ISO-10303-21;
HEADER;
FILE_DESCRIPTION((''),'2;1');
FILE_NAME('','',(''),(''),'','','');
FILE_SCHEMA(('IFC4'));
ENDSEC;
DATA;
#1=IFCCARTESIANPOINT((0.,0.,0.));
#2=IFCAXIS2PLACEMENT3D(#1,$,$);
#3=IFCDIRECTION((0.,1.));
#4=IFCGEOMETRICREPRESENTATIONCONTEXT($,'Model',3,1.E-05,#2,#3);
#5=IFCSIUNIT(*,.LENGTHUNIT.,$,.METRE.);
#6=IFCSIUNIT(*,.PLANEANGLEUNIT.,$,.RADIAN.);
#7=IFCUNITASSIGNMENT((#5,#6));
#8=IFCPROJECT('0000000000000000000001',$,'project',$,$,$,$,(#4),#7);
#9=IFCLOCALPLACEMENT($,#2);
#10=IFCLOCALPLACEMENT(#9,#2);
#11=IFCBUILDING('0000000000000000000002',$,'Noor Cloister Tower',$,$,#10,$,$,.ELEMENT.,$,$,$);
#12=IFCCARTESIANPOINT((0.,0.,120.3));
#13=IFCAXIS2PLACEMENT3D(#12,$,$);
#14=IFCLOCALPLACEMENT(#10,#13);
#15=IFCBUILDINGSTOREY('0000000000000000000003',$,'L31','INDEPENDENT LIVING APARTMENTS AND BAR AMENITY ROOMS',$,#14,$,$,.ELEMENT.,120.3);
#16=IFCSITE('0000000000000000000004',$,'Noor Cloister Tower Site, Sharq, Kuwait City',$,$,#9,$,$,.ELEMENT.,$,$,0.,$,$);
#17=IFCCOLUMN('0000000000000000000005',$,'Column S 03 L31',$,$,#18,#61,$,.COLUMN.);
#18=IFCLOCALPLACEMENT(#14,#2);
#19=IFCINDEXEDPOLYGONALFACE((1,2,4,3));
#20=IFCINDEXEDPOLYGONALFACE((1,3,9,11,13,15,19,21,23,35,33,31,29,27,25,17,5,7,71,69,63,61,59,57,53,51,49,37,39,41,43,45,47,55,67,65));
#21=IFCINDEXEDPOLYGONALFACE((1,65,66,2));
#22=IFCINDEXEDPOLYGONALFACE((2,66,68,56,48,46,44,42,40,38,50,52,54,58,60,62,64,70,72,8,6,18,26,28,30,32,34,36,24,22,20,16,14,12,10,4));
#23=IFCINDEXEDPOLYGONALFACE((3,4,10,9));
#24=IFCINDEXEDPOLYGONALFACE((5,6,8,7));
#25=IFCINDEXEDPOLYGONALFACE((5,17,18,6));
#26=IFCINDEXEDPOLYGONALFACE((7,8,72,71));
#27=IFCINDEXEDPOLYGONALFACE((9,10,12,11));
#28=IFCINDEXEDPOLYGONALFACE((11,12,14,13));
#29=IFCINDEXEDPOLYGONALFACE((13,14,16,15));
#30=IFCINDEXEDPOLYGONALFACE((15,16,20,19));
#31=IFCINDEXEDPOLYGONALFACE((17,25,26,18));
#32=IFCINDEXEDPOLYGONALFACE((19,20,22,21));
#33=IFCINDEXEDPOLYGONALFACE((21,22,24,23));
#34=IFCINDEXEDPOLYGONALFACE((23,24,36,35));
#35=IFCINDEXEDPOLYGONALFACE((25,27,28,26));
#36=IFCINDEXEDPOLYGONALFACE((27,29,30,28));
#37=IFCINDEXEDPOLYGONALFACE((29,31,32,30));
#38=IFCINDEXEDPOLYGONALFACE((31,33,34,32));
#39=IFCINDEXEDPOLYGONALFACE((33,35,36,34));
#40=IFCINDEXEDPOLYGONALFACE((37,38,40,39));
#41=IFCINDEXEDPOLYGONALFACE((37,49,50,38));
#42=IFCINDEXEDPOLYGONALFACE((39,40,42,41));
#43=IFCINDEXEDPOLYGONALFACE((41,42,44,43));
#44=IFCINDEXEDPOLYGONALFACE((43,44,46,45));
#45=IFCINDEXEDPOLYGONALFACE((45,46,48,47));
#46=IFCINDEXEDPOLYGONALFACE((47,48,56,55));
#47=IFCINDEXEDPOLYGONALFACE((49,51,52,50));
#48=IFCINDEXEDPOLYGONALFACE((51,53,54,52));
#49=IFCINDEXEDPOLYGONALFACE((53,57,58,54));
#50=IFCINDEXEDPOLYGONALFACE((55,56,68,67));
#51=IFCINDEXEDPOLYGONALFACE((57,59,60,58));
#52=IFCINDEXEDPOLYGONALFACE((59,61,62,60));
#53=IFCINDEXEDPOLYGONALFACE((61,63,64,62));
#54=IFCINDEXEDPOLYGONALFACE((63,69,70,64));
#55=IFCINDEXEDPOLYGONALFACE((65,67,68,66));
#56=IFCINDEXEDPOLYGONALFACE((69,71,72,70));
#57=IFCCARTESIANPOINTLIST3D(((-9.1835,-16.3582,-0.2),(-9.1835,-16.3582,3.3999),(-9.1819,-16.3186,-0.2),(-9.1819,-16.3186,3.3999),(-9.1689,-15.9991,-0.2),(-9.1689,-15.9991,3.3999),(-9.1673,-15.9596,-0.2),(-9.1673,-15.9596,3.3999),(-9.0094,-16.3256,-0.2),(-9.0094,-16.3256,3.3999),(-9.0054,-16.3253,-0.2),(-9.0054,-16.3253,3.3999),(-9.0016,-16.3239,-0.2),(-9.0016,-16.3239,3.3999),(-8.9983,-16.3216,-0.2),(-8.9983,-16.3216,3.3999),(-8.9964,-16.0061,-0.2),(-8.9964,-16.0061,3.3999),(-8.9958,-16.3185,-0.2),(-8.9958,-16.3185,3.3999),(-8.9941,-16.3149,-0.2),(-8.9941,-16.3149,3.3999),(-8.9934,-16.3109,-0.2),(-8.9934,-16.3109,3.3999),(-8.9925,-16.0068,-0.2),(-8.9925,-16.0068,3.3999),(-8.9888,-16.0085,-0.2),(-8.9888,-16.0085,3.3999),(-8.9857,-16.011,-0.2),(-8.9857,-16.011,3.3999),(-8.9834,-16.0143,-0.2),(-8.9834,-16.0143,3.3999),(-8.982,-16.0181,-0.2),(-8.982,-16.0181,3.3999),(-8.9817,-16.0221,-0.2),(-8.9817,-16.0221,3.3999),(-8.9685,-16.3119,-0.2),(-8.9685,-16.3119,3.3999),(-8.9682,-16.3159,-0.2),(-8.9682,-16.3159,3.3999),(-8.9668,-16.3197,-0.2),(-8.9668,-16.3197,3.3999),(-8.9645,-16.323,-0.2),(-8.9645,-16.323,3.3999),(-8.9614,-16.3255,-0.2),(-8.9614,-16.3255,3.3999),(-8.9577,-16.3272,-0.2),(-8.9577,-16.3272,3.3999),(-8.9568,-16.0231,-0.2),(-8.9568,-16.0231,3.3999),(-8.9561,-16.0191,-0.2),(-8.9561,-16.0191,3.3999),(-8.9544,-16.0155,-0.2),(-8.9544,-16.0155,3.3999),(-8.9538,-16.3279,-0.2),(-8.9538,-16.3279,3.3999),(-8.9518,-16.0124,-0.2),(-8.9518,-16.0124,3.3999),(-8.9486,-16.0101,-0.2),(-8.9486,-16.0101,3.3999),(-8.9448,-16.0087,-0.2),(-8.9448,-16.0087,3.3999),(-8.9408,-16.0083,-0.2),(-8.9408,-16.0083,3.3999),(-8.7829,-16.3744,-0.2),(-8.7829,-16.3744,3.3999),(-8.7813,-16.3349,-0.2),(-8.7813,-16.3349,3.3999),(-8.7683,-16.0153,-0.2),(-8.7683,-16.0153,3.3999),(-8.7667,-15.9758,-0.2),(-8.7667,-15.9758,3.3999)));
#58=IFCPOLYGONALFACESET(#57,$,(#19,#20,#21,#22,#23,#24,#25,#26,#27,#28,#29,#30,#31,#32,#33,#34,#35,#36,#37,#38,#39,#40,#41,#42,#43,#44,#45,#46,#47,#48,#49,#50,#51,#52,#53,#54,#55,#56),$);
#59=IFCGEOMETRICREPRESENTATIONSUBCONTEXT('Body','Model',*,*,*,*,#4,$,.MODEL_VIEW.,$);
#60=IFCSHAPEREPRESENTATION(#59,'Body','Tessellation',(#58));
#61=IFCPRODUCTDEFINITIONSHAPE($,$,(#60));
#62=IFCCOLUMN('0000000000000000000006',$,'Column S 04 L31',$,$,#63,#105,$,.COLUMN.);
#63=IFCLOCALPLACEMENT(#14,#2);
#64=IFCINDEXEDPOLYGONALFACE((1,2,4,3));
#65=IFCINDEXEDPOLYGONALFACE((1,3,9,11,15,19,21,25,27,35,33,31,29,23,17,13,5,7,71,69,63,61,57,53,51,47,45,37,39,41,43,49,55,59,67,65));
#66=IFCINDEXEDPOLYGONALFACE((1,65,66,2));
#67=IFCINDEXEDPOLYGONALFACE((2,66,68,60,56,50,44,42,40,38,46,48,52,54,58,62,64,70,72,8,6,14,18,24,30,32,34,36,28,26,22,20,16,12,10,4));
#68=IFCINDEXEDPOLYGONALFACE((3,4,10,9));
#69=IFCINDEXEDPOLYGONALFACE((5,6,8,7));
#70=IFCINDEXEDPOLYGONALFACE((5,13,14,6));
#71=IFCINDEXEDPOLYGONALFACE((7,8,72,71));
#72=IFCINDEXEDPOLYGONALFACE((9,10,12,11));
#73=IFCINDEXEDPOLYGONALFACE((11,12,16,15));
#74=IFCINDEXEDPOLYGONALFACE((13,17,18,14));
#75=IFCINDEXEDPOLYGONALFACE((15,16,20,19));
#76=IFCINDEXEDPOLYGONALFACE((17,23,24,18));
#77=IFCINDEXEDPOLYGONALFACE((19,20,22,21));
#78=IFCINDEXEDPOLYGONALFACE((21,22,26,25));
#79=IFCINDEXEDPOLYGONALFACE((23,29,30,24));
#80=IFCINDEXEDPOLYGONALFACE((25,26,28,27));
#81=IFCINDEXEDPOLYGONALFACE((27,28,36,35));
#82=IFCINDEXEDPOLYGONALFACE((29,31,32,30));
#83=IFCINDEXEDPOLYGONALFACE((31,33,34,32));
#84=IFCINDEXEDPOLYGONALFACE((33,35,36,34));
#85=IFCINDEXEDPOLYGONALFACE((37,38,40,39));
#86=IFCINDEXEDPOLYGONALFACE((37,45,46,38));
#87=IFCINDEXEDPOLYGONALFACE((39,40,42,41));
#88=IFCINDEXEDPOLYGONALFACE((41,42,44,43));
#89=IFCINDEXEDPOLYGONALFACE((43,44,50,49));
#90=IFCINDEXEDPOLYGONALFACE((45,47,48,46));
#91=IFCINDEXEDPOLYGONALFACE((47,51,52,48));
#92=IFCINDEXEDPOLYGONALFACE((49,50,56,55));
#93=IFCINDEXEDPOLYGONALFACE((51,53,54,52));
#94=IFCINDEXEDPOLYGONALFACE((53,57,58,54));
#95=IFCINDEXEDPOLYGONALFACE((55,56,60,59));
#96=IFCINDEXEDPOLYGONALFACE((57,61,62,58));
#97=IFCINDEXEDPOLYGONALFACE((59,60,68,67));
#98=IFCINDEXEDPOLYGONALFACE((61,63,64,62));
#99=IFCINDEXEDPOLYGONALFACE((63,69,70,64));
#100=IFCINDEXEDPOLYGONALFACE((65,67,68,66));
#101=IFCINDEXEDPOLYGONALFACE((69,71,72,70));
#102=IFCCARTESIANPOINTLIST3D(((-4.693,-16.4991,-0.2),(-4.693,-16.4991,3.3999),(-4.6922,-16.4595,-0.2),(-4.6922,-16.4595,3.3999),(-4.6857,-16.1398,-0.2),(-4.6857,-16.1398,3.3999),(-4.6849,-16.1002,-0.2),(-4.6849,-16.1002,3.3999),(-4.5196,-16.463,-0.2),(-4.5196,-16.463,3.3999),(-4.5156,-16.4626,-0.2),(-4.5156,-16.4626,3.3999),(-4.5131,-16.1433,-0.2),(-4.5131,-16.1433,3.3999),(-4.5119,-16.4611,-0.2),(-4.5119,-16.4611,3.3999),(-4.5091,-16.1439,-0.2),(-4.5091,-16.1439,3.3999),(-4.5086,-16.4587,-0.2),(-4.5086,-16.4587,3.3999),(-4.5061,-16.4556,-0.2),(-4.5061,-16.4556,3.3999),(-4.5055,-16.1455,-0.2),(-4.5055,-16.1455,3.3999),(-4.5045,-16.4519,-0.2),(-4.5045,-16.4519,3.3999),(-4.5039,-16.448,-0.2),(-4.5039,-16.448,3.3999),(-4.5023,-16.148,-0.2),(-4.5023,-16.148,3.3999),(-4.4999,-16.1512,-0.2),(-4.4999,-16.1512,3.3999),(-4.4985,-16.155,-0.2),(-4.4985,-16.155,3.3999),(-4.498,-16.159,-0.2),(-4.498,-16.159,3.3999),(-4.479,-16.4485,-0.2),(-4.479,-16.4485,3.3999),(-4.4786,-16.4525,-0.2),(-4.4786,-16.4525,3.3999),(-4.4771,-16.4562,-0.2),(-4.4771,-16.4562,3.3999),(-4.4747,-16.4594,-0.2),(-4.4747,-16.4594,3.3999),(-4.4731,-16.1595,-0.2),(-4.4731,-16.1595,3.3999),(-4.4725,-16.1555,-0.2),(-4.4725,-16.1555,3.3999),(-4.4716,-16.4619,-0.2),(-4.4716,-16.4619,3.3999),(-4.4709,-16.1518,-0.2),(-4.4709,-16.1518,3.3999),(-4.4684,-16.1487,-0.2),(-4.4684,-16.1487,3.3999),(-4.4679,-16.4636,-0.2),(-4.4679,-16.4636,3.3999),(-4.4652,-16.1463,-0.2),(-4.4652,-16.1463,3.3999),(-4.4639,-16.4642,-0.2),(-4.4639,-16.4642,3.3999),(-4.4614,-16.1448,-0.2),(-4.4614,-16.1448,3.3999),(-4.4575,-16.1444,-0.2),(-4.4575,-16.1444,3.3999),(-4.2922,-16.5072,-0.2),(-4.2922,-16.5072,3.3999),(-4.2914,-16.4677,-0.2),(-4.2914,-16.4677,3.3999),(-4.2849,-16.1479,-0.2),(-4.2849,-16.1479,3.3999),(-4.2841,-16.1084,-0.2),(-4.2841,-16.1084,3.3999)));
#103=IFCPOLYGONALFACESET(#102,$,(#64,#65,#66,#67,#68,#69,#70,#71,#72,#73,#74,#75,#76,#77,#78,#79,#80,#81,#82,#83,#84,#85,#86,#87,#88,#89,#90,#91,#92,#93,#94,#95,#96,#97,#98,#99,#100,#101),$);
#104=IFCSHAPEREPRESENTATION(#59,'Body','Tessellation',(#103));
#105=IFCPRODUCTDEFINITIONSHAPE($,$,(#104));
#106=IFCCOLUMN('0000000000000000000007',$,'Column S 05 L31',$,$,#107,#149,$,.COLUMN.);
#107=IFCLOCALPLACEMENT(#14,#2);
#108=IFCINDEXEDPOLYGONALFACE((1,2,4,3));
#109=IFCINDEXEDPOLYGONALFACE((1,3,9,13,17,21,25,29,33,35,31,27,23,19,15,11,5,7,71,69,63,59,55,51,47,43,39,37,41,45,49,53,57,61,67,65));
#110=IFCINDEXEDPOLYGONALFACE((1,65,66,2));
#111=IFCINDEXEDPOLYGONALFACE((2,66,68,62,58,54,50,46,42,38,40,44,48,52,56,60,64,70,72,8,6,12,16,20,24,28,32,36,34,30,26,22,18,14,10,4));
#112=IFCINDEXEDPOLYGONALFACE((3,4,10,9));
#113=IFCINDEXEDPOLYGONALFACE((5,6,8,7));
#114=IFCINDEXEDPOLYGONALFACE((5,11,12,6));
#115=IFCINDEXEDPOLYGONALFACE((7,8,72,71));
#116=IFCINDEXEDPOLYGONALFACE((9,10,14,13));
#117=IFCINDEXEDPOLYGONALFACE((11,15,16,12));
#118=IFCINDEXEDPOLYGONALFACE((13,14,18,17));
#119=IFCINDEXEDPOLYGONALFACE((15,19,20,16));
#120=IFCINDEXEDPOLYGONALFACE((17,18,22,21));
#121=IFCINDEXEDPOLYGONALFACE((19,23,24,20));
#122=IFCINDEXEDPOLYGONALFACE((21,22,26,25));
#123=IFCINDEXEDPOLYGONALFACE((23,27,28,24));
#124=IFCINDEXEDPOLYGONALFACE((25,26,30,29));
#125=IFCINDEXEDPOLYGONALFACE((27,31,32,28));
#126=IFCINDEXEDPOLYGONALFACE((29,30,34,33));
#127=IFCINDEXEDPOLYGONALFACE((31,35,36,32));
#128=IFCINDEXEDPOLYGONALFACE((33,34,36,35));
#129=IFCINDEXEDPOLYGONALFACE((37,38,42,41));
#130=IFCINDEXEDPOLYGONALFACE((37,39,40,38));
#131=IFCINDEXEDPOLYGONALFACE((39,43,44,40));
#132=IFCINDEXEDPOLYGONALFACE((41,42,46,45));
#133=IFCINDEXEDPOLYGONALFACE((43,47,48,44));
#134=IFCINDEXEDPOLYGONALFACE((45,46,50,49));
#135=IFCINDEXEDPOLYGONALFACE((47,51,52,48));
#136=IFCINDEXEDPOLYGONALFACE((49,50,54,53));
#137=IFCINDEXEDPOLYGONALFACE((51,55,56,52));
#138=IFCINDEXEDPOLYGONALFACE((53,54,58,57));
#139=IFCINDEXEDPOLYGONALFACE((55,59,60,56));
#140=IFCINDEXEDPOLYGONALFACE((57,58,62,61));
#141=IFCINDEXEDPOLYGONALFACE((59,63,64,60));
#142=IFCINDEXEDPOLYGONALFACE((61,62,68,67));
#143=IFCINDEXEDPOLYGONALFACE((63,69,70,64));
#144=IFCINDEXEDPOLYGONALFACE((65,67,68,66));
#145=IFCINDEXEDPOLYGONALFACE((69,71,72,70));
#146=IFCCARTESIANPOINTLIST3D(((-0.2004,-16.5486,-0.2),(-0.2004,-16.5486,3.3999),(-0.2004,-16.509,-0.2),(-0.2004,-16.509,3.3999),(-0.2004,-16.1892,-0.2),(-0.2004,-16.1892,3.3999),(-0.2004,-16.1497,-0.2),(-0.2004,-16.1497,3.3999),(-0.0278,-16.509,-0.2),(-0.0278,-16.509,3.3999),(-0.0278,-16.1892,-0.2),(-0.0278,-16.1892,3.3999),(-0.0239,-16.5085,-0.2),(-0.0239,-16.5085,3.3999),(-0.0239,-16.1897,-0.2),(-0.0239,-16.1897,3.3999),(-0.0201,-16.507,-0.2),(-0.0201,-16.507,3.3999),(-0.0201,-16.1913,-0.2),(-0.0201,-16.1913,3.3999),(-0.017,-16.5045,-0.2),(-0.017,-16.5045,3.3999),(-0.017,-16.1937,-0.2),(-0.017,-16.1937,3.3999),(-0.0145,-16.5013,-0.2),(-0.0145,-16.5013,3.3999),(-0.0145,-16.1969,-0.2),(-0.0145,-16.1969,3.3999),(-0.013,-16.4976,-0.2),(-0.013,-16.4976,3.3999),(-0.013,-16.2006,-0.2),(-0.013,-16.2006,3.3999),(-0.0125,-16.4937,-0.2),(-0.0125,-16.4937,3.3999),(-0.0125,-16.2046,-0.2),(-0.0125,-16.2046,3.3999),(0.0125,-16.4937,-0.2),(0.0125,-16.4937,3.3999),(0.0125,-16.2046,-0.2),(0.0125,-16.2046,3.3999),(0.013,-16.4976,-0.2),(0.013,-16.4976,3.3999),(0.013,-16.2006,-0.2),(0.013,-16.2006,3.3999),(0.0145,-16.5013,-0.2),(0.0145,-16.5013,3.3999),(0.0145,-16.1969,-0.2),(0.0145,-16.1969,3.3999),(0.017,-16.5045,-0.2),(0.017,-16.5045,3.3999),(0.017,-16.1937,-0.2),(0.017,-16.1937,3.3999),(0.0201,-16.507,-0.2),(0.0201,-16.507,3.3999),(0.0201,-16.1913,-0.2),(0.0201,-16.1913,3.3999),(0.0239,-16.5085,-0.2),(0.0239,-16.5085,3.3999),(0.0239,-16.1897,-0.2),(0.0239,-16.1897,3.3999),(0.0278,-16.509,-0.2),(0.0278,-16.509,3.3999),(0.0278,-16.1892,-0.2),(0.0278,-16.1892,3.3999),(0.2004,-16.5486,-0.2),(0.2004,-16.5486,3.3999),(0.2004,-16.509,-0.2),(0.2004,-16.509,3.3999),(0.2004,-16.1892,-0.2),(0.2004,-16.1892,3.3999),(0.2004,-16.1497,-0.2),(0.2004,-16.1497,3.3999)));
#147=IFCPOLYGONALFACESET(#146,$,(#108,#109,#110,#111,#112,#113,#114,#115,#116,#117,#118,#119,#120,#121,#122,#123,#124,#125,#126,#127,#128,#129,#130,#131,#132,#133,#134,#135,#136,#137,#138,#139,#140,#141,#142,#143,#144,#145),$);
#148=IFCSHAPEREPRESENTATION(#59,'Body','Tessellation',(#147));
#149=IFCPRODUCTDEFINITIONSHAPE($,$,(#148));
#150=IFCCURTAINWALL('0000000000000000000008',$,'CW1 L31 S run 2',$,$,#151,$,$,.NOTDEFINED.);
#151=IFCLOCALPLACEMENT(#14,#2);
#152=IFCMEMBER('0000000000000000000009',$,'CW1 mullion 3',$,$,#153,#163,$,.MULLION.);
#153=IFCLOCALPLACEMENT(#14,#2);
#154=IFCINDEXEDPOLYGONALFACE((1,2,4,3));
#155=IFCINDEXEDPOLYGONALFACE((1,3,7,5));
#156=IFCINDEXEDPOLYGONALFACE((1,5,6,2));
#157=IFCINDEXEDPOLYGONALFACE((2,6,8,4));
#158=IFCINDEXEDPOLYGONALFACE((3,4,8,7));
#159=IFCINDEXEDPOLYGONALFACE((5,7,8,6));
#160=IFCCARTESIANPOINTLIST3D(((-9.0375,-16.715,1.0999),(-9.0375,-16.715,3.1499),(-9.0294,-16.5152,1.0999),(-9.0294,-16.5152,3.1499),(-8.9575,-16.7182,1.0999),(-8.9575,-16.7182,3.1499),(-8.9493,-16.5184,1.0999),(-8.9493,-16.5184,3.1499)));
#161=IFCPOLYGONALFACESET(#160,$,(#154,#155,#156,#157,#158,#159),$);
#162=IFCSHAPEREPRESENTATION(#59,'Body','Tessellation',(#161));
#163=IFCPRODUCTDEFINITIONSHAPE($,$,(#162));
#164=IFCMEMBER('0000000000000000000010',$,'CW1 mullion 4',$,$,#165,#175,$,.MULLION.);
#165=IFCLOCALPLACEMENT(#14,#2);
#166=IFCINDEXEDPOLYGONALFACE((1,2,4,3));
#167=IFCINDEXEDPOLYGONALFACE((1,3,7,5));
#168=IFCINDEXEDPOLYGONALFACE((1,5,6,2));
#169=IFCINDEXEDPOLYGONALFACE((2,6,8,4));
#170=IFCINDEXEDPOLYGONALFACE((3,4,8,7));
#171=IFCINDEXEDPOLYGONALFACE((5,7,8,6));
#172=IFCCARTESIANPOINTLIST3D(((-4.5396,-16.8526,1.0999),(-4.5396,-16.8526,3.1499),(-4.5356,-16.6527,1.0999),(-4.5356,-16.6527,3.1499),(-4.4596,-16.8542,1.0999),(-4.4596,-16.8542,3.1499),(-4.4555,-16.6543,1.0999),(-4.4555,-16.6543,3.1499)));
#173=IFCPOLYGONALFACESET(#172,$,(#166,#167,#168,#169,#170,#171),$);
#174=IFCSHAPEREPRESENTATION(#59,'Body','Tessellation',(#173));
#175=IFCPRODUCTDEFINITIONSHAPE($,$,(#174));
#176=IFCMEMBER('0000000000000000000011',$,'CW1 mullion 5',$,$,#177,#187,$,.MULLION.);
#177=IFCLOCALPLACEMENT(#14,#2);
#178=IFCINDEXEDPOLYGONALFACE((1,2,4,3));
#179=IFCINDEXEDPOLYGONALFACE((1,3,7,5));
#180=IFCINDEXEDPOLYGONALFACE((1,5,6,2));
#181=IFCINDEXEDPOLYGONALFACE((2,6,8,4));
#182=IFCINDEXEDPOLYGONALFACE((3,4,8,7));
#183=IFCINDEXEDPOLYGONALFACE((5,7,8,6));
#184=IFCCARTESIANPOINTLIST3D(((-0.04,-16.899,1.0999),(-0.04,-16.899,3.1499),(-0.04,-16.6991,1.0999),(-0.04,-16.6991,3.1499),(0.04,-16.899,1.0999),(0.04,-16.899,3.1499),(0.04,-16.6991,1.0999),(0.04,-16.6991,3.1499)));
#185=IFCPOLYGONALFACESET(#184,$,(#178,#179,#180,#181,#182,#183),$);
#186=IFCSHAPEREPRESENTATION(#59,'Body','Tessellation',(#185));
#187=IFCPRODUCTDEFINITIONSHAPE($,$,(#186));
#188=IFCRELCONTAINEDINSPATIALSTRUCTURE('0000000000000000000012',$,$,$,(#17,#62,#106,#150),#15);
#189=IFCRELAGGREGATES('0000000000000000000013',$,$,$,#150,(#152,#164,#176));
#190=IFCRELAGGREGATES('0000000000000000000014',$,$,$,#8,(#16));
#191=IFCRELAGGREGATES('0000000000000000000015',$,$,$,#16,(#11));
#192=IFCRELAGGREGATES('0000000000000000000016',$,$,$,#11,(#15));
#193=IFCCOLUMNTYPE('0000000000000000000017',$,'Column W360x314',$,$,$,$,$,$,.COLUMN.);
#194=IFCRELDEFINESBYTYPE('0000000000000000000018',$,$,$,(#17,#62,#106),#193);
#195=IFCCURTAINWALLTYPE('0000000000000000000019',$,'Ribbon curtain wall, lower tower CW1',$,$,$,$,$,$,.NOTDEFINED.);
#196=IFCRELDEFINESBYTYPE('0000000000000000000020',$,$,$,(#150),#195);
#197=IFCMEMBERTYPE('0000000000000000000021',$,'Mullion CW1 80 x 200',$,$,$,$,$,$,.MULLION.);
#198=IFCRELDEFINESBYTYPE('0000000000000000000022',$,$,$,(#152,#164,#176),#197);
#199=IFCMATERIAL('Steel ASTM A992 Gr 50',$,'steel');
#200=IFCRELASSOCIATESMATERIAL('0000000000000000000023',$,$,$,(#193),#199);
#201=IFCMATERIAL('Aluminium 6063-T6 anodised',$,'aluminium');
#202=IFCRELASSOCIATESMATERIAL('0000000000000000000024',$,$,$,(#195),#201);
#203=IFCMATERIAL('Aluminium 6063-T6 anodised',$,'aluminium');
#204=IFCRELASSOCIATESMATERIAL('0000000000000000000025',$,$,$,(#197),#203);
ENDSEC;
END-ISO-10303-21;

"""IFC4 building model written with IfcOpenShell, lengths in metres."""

from ifc_helpers import new_model, si_unit, direction, frame, origin, origin_2d, place, context, subcontext, project, spatial, rectangle, i_section, extrude, material, material_profile, profile_set, type_object, element, aggregate, save


model = new_model("IFC4")

# Units and contexts
model_context = context("Model", 3, precision=1e-05, world=origin(), true_north=direction((0.0, 1.0)))
body_context = subcontext(model_context, "Body", "Model", "MODEL_VIEW")
ifc_project = project(units=[si_unit("LENGTHUNIT", "METRE"), si_unit("PLANEANGLEUNIT", "RADIAN")], contexts=[model_context])

# Site, building, storey
site_placement = place(None, origin())
site = spatial("IfcSite", under=ifc_project, at=site_placement, Name="Noor Cloister Tower Site, Sharq, Kuwait City", CompositionType="ELEMENT", RefElevation=0.0)
building_placement = place(site_placement, origin())
building = spatial("IfcBuilding", under=site, at=building_placement, Name="Noor Cloister Tower", CompositionType="ELEMENT")
storey_placement = place(building_placement, frame((0.0, 0.0, 120.3)))
storey = spatial("IfcBuildingStorey", under=building, at=storey_placement, Name="L31", Description="INDEPENDENT LIVING APARTMENTS AND BAR AMENITY ROOMS", CompositionType="ELEMENT", Elevation=120.3)

# Columns
ifc_material_1 = material(Name="Steel ASTM A992 Gr 50", Category="steel")
ifc_material_profile_1 = material_profile(ifc_material_1, i_section(OverallWidth=0.4009, OverallDepth=0.3989, WebThickness=0.0249, FlangeThickness=0.0396, FilletRadius=0.0154, at=origin_2d()), Name="W360x314")
ifc_profile_set_1 = profile_set([ifc_material_profile_1], Name="Steel ASTM A992 Gr 50")
column_type = type_object("IfcColumnType", Name="Column W360x314", PredefinedType="COLUMN", material=ifc_profile_set_1)
for number, where, z_axis, x_axis, name in (
    (1, (-8.9751, -16.167, -0.2), (0.0, 0.0, 1.0), (0.999176, -0.040578, 0.0), "Column S 03 L31"),
    (2, (-4.4885, -16.3037, -0.2), (0.0, 0.0, 1.0), (0.999794, -0.020293, 0.0), "Column S 04 L31"),
    (3, (0.0, -16.3491, -0.2), (0.0, 0.0, 1.0), (1.0, 0.0, 0.0), "Column S 05 L31"),
):
    element("IfcColumn", number, at=place(storey_placement, frame(where, z_axis=z_axis, x_axis=x_axis)), inside=storey, type_object=column_type, Name=name, PredefinedType="COLUMN", context=body_context, shape_type="SweptSolid", body=[
        extrude(i_section(OverallWidth=0.4009, OverallDepth=0.3989, WebThickness=0.0249, FlangeThickness=0.0396, FilletRadius=0.0154, at=origin_2d()), origin(), (0.0, 0.0, 1.0), 3.5999),
    ])

# Curtain wall, members
ifc_material_2 = material(Name="Aluminium 6063-T6 anodised", Category="aluminium")
curtain_wall_type = type_object("IfcCurtainWallType", Name="Ribbon curtain wall, lower tower CW1", PredefinedType="NOTDEFINED", material=ifc_material_2)
curtain_wall_placement = place(storey_placement, origin())
curtain_wall = element("IfcCurtainWall", 4, at=curtain_wall_placement, inside=storey, type_object=curtain_wall_type, Name="CW1 L31 S run 2", PredefinedType="NOTDEFINED")
ifc_material_3 = material(Name="Aluminium 6063-T6 anodised", Category="aluminium")
ifc_material_profile_2 = material_profile(ifc_material_3, rectangle(XDim=0.2, YDim=0.0801, at=origin_2d()), Name="200 x 80 mullion")
ifc_profile_set_2 = profile_set([ifc_material_profile_2], Name="Aluminium 6063-T6 anodised")
member_type = type_object("IfcMemberType", Name="Mullion CW1 80 x 200", PredefinedType="MULLION", material=ifc_profile_set_2)
member_1_placement = place(storey_placement, frame((-8.9934, -16.6167, 1.0999), z_axis=(0.0, 0.0, 1.0), x_axis=(0.040578, 0.999176, 0.0)))
member_1 = element("IfcMember", 5, at=member_1_placement, type_object=member_type, Name="CW1 mullion 3", PredefinedType="MULLION", context=body_context, shape_type="SweptSolid", body=[
    extrude(rectangle(XDim=0.2, YDim=0.0801, at=origin_2d()), origin(), (0.0, 0.0, 1.0), 2.05),
])
member_2_placement = place(storey_placement, frame((-4.4976, -16.7534, 1.0999), z_axis=(0.0, 0.0, 1.0), x_axis=(0.020293, 0.999794, 0.0)))
member_2 = element("IfcMember", 6, at=member_2_placement, type_object=member_type, Name="CW1 mullion 4", PredefinedType="MULLION", context=body_context, shape_type="SweptSolid", body=[
    extrude(rectangle(XDim=0.2, YDim=0.0801, at=origin_2d()), origin(), (0.0, 0.0, 1.0), 2.05),
])
member_3_placement = place(storey_placement, frame((0.0, -16.7991, 1.0999), z_axis=(0.0, 0.0, 1.0), x_axis=(0.0, 1.0, 0.0)))
member_3 = element("IfcMember", 7, at=member_3_placement, type_object=member_type, Name="CW1 mullion 5", PredefinedType="MULLION", context=body_context, shape_type="SweptSolid", body=[
    extrude(rectangle(XDim=0.2, YDim=0.0801, at=origin_2d()), origin(), (0.0, 0.0, 1.0), 2.05),
])

aggregate(curtain_wall, [member_1, member_2, member_3])

save(model, "model.ifc")
